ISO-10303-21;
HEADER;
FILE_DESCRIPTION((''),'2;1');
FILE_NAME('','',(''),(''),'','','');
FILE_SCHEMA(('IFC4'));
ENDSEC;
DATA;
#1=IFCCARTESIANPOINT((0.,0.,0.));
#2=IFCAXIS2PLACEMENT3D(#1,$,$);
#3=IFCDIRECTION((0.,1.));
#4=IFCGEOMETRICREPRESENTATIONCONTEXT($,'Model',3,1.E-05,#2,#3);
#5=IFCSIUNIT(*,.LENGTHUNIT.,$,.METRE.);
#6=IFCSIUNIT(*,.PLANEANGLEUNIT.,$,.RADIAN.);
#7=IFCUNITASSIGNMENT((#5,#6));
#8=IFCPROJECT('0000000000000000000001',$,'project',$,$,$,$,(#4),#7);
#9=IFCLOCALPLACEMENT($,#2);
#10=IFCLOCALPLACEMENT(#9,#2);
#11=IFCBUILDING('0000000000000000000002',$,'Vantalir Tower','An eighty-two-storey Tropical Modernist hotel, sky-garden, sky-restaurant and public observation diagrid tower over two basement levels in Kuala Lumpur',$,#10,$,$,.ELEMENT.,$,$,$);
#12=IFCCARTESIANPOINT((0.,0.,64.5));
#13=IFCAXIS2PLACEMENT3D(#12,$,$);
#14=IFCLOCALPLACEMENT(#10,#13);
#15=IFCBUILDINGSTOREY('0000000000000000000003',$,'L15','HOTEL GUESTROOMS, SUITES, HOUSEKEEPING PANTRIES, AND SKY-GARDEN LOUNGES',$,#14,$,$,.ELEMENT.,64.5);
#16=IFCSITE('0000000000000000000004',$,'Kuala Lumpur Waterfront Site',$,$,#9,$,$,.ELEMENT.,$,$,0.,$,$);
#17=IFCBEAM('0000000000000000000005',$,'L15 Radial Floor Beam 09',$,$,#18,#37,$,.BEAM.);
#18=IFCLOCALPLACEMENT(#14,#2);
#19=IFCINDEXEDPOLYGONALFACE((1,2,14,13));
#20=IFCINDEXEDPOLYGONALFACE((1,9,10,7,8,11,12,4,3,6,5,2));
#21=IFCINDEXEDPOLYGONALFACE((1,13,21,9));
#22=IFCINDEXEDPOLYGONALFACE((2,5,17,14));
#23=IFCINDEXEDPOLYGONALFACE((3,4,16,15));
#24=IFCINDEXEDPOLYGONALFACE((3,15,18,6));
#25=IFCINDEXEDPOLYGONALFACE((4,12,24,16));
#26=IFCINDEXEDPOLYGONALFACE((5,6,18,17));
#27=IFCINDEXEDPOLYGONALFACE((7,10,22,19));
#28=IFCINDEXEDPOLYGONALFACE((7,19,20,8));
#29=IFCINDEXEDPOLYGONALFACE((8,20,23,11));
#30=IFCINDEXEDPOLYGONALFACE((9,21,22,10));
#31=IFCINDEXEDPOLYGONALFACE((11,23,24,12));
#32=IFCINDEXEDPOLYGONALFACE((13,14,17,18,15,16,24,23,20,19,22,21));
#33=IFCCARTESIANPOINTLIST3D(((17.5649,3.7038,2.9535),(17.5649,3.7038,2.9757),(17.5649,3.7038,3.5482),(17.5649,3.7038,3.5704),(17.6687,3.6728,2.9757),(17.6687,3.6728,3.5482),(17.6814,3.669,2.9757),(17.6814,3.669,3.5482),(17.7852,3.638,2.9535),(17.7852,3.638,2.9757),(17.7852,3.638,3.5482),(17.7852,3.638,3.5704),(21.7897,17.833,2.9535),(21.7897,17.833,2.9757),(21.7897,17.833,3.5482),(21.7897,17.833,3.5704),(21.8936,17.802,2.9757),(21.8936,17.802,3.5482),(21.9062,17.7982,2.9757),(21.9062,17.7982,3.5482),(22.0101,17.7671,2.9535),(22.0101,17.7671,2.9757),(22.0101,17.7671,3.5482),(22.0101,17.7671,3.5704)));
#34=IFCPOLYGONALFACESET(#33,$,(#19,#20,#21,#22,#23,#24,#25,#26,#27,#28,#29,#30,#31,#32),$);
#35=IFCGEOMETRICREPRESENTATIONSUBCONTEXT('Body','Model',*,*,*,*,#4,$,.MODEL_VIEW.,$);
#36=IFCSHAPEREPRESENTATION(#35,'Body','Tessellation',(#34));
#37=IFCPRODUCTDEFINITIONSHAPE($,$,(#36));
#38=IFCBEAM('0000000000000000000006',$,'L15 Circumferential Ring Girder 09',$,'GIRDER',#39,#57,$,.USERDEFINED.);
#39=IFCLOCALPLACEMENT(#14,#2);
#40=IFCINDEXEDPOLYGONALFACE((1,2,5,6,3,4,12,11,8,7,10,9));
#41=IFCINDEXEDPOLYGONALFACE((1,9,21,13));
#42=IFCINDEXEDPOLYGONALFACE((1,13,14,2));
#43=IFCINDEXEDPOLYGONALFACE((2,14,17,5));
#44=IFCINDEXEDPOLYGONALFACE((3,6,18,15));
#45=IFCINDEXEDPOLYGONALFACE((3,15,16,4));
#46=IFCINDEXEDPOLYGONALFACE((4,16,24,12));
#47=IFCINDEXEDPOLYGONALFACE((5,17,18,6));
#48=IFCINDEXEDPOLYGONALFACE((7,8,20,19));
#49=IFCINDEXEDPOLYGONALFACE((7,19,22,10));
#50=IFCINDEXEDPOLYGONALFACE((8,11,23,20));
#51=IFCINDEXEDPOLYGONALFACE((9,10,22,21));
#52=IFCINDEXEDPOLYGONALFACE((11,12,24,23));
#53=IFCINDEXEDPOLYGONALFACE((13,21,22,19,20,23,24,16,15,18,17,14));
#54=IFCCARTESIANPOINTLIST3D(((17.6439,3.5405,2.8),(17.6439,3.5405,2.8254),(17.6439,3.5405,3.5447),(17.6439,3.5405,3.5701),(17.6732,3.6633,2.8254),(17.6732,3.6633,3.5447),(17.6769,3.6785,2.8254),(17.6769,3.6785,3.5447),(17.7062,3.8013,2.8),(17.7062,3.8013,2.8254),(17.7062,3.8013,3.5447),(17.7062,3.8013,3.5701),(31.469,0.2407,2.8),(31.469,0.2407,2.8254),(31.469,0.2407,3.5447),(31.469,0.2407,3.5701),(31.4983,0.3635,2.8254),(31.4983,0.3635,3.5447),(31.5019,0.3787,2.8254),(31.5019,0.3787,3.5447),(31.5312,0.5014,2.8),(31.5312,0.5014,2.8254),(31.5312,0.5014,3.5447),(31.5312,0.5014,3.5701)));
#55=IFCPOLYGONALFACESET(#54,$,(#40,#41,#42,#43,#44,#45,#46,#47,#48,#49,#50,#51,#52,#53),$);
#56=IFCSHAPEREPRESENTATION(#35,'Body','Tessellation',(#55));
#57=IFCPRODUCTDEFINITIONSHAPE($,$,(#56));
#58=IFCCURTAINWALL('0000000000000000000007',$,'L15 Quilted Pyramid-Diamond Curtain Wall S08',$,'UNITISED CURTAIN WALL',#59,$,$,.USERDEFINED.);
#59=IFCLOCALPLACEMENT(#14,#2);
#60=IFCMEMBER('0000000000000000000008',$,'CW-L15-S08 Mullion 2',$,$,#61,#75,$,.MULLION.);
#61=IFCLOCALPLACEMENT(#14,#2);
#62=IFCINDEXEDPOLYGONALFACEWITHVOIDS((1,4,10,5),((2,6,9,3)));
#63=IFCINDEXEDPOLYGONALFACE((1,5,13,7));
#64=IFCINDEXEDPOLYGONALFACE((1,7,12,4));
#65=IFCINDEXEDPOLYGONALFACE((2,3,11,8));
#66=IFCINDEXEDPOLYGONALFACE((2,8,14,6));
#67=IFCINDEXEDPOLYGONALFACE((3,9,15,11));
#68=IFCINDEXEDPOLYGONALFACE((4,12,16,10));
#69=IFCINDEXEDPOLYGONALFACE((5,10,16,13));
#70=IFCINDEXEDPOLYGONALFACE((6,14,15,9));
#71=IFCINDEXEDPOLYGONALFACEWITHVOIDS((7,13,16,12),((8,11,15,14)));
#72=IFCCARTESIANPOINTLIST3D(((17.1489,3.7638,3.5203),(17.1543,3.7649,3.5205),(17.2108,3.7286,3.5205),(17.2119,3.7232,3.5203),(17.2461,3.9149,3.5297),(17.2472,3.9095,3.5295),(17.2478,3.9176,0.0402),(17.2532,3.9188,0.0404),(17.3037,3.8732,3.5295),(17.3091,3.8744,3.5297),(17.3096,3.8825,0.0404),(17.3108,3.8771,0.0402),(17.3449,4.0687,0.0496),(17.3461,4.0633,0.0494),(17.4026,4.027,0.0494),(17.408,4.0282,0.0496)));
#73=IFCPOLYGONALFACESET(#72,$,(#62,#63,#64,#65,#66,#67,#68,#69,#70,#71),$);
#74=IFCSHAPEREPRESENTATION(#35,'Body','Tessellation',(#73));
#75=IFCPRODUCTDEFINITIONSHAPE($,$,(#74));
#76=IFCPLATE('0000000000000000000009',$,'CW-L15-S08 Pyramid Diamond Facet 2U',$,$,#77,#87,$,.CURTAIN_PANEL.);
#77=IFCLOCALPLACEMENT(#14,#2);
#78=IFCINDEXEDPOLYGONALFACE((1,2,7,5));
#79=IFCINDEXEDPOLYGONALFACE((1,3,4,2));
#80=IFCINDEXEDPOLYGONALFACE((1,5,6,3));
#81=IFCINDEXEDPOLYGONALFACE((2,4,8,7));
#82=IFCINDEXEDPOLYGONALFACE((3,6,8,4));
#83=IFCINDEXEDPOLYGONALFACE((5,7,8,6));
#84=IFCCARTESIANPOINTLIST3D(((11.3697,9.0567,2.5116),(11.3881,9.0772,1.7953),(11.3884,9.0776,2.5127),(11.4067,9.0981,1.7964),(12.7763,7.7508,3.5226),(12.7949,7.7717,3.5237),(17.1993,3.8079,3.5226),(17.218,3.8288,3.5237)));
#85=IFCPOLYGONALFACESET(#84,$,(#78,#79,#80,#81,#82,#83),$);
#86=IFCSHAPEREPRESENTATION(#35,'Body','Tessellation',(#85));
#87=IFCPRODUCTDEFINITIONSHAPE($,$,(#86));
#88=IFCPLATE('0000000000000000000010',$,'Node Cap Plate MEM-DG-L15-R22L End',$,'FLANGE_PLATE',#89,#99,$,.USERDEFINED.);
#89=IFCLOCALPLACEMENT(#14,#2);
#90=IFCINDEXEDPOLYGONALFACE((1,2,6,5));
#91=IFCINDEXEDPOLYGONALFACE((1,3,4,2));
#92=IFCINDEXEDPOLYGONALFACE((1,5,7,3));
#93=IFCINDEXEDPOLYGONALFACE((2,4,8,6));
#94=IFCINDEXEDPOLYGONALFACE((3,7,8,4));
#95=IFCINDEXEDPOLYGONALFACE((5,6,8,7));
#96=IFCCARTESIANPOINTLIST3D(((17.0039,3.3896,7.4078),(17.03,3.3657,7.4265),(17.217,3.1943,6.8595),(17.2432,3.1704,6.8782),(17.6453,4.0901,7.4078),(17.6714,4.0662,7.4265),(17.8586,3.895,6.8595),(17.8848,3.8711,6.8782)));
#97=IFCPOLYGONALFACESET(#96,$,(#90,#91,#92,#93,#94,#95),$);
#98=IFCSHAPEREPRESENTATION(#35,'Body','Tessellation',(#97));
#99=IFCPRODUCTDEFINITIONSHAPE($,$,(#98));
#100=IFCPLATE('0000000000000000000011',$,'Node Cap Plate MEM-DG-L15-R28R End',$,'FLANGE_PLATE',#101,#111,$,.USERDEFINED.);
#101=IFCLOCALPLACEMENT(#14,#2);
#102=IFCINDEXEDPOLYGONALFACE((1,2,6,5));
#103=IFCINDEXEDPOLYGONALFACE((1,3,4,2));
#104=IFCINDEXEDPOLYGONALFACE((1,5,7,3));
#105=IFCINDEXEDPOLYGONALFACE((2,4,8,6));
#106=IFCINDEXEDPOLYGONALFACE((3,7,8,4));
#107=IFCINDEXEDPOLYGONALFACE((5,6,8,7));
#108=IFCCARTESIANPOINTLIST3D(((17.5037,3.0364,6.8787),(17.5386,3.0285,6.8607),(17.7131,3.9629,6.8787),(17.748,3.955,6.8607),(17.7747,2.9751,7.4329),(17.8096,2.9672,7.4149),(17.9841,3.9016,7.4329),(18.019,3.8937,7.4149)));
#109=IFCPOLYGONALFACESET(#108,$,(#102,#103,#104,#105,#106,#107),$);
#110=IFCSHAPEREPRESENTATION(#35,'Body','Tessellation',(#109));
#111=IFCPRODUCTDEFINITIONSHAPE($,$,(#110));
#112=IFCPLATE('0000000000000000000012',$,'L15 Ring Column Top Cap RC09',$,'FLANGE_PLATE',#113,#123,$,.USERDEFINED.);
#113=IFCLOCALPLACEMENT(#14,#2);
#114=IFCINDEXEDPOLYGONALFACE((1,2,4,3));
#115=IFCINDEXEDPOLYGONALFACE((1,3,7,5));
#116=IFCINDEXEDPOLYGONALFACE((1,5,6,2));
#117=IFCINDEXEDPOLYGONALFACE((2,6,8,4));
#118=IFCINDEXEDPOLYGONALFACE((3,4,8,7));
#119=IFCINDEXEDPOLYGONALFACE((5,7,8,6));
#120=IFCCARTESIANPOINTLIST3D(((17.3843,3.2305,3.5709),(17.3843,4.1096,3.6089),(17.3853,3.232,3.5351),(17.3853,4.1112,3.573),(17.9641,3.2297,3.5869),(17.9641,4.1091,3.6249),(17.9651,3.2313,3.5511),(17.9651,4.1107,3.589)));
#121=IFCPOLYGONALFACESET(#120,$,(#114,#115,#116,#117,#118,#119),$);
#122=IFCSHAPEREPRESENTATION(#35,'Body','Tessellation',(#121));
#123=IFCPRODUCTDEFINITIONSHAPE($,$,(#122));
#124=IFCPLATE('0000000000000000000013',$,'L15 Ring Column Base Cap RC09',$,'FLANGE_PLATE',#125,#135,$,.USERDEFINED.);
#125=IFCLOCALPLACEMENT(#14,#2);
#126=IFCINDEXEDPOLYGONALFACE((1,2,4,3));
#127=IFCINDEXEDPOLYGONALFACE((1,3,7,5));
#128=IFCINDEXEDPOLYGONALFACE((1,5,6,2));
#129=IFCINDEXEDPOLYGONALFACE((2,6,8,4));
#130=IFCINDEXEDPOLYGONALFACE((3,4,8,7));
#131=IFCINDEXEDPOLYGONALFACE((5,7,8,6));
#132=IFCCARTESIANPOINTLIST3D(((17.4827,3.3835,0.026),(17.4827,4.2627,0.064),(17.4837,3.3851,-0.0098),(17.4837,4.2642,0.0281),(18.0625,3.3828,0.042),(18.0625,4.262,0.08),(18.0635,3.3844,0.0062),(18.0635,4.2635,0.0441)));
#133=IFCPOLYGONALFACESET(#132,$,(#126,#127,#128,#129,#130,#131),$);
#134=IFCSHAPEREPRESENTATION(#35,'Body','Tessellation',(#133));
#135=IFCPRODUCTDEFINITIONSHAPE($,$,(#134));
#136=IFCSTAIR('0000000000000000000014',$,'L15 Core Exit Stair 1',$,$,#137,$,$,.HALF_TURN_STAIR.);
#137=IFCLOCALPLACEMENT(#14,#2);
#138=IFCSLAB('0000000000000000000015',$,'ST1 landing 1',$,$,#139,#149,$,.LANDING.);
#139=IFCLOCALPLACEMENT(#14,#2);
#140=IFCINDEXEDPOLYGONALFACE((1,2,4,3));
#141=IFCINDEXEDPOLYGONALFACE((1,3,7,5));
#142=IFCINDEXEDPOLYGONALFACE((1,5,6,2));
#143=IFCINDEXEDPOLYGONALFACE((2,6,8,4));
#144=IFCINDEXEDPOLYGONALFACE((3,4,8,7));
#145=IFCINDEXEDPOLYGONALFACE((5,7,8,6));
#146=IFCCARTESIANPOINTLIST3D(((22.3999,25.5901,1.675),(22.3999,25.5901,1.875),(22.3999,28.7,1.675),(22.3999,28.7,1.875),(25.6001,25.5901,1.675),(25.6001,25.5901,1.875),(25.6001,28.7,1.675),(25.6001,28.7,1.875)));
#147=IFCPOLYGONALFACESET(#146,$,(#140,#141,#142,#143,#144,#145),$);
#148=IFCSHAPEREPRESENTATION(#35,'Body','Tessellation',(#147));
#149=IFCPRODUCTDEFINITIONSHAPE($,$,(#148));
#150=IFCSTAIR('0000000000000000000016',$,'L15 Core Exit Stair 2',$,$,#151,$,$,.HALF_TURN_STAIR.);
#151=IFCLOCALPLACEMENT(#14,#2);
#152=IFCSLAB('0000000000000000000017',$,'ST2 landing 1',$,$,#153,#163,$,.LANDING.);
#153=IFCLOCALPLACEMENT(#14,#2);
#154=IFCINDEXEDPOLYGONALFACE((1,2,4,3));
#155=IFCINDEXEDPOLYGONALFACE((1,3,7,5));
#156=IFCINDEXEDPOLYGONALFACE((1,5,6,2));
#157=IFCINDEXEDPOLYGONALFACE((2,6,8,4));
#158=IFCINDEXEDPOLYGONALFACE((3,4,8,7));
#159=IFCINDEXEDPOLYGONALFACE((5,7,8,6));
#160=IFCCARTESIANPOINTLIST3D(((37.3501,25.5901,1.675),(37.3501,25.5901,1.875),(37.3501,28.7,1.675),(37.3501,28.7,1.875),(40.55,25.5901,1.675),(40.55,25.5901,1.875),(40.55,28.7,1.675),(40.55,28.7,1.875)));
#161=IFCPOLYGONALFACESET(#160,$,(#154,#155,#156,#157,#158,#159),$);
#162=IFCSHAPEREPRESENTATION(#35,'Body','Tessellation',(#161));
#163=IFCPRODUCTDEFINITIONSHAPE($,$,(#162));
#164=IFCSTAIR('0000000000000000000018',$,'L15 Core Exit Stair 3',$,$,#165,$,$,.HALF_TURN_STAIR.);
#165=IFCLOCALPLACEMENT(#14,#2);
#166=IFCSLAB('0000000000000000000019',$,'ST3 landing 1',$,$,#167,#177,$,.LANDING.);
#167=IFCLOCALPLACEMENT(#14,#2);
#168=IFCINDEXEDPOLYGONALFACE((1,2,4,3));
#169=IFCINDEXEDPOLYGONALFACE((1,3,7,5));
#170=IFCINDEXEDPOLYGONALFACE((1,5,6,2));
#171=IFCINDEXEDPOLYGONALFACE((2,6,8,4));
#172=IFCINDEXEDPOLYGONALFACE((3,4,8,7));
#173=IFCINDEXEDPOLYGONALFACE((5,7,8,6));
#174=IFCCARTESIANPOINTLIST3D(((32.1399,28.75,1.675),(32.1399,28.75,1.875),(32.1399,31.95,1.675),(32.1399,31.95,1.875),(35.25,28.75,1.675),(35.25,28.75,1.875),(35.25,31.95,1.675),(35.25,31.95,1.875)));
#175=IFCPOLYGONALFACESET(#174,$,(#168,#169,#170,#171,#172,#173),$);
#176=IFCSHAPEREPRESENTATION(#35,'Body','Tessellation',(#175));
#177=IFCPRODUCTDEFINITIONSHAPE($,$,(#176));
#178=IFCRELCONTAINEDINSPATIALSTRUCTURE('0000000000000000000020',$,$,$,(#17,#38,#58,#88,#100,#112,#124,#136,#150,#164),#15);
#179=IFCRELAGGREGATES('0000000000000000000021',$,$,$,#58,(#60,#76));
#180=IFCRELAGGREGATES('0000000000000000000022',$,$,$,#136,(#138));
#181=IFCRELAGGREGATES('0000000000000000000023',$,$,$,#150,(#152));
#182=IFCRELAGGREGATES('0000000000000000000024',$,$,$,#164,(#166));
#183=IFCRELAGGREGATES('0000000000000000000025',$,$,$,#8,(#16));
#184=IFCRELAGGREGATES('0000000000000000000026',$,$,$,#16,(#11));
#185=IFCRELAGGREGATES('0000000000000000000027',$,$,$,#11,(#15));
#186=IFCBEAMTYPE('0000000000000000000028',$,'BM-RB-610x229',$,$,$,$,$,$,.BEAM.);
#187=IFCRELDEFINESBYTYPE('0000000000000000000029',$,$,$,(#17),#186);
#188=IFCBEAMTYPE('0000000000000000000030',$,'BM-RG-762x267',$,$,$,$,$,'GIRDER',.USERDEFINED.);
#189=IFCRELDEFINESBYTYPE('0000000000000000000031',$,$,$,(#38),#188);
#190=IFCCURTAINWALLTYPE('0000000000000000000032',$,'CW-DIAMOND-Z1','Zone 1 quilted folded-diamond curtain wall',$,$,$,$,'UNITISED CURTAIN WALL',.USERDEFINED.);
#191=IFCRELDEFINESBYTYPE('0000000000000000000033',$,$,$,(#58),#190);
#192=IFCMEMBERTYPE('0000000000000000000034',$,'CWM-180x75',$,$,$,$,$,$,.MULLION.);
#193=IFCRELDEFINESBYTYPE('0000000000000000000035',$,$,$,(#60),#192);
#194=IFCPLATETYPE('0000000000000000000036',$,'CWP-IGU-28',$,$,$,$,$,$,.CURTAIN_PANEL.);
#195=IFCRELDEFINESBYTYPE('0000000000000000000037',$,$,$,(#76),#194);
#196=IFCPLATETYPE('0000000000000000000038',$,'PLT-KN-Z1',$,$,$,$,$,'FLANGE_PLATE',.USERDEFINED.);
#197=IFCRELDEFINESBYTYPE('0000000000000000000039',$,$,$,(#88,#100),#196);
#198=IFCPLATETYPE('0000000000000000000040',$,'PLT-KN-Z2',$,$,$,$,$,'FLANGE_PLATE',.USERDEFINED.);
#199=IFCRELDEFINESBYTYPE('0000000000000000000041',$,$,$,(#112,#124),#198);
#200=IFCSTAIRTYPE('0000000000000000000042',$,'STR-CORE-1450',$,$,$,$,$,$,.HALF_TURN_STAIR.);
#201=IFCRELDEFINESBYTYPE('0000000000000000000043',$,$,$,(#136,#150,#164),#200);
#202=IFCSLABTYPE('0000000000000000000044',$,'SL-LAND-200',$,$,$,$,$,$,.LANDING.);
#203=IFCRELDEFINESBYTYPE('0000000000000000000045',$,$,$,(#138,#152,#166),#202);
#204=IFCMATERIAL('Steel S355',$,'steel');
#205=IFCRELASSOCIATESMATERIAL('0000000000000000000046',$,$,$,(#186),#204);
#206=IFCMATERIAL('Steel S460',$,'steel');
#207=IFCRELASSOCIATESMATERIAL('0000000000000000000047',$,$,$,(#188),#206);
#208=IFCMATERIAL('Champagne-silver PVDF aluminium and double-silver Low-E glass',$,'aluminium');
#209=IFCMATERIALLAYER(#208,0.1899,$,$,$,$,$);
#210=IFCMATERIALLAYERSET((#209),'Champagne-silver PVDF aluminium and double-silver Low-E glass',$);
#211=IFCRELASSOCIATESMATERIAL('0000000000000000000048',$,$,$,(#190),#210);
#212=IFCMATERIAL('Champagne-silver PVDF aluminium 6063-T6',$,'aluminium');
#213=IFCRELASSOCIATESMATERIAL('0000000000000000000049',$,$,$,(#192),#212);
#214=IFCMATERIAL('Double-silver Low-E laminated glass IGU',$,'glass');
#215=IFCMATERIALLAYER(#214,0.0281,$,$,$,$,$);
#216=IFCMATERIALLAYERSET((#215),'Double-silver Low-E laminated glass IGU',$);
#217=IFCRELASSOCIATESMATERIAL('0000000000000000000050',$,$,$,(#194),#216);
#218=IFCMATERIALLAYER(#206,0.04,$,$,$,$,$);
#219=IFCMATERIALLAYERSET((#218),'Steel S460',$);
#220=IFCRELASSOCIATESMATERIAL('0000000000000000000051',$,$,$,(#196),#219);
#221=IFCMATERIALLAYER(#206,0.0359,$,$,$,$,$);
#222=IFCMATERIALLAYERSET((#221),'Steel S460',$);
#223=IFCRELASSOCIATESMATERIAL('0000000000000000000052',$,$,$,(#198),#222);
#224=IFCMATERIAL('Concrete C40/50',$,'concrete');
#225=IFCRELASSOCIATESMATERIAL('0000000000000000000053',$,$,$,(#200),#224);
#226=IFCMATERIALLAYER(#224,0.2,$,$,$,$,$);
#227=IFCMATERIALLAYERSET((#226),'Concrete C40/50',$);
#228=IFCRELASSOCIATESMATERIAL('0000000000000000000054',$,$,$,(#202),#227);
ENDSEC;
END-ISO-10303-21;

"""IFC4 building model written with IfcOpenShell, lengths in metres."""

from ifc_helpers import new_model, si_unit, direction, frame, origin, origin_2d, place, context, subcontext, project, spatial, polyline, hollow_rectangle, i_section, outline, extrude, material, layer, layer_set, material_profile, profile_set, type_object, element, aggregate, save


model = new_model("IFC4")

# Units and contexts
model_context = context("Model", 3, precision=1e-05, world=origin(), true_north=direction((0.0, 1.0)))
body_context = subcontext(model_context, "Body", "Model", "MODEL_VIEW")
ifc_project = project(units=[si_unit("LENGTHUNIT", "METRE"), si_unit("PLANEANGLEUNIT", "RADIAN")], contexts=[model_context])

# Site, building, storey
site_placement = place(None, origin())
site = spatial("IfcSite", under=ifc_project, at=site_placement, Name="Kuala Lumpur Waterfront Site", CompositionType="ELEMENT", RefElevation=0.0)
building_placement = place(site_placement, origin())
building = spatial("IfcBuilding", under=site, at=building_placement, Name="Vantalir Tower", Description="An eighty-two-storey Tropical Modernist hotel, sky-garden, sky-restaurant and public observation diagrid tower over two basement levels in Kuala Lumpur", CompositionType="ELEMENT")
storey_placement = place(building_placement, frame((0.0, 0.0, 64.5)))
storey = spatial("IfcBuildingStorey", under=building, at=storey_placement, Name="L15", Description="HOTEL GUESTROOMS, SUITES, HOUSEKEEPING PANTRIES, AND SKY-GARDEN LOUNGES", CompositionType="ELEMENT", Elevation=64.5)

# Beams
ifc_material_1 = material(Name="Steel S355", Category="steel")
ifc_material_profile_1 = material_profile(ifc_material_1, i_section(OverallWidth=0.23, OverallDepth=0.6169, WebThickness=0.0132, FlangeThickness=0.0222, at=origin_2d()), Name="Steel S355")
ifc_profile_set_1 = profile_set([ifc_material_profile_1], Name="Steel S355")
beam_type_1 = type_object("IfcBeamType", Name="BM-RB-610x229", PredefinedType="BEAM", material=ifc_profile_set_1)
beam_1_placement = place(storey_placement, frame((17.675, 3.6709, 3.262), z_axis=(0.286484, 0.958085, 0.0), x_axis=(-0.958085, 0.286484, 0.0)))
element("IfcBeam", 1, at=beam_1_placement, inside=storey, type_object=beam_type_1, Name="L15 Radial Floor Beam 09", PredefinedType="BEAM", context=body_context, shape_type="SweptSolid", body=[
    extrude(i_section(OverallWidth=0.23, OverallDepth=0.6169, WebThickness=0.0132, FlangeThickness=0.0222, at=origin_2d()), origin(), (0.0, 0.0, 1.0), 14.7473),
])
ifc_material_2 = material(Name="Steel S460", Category="steel")
ifc_material_profile_2 = material_profile(ifc_material_2, i_section(OverallWidth=0.2681, OverallDepth=0.77, WebThickness=0.0156, FlangeThickness=0.0254, at=origin_2d()), Name="Steel S460")
ifc_profile_set_2 = profile_set([ifc_material_profile_2], Name="Steel S460")
beam_type_2 = type_object("IfcBeamType", Name="BM-RG-762x267", ElementType="GIRDER", PredefinedType="USERDEFINED", material=ifc_profile_set_2)
beam_2_placement = place(storey_placement, frame((17.675, 3.6709, 3.1851), z_axis=(0.972677, -0.232163, 0.0), x_axis=(0.232163, 0.972677, 0.0)))
element("IfcBeam", 2, at=beam_2_placement, inside=storey, type_object=beam_type_2, Name="L15 Circumferential Ring Girder 09", ObjectType="GIRDER", PredefinedType="USERDEFINED", context=body_context, shape_type="SweptSolid", body=[
    extrude(i_section(OverallWidth=0.2681, OverallDepth=0.77, WebThickness=0.0156, FlangeThickness=0.0254, at=origin_2d()), origin(), (0.0, 0.0, 1.0), 14.2134),
])

# Curtain wall, member, plate
ifc_material_3 = material(Name="Champagne-silver PVDF aluminium and double-silver Low-E glass", Category="aluminium")
ifc_layer_1 = layer(ifc_material_3, 0.1899)
ifc_layer_set_1 = layer_set([ifc_layer_1], Name="Champagne-silver PVDF aluminium and double-silver Low-E glass")
curtain_wall_type = type_object("IfcCurtainWallType", Name="CW-DIAMOND-Z1", Description="Zone 1 quilted folded-diamond curtain wall", ElementType="UNITISED CURTAIN WALL", PredefinedType="USERDEFINED", material=ifc_layer_set_1)
curtain_wall_placement = place(storey_placement, origin())
curtain_wall = element("IfcCurtainWall", 3, at=curtain_wall_placement, inside=storey, type_object=curtain_wall_type, Name="L15 Quilted Pyramid-Diamond Curtain Wall S08", ObjectType="UNITISED CURTAIN WALL", PredefinedType="USERDEFINED")
ifc_material_4 = material(Name="Champagne-silver PVDF aluminium 6063-T6", Category="aluminium")
ifc_material_profile_3 = material_profile(ifc_material_4, hollow_rectangle(XDim=0.075, YDim=0.1799, WallThickness=0.0039, at=origin_2d()), Name="Champagne-silver PVDF aluminium 6063-T6")
ifc_profile_set_3 = profile_set([ifc_material_profile_3], Name="Champagne-silver PVDF aluminium 6063-T6")
member_type = type_object("IfcMemberType", Name="CWM-180x75", PredefinedType="MULLION", material=ifc_profile_set_3)
member_placement = place(storey_placement, frame((17.3279, 3.9729, 0.0449), z_axis=(-0.028374, -0.044137, 0.998622), x_axis=(0.841178, -0.540758, 0.0)))
member = element("IfcMember", 4, at=member_placement, type_object=member_type, Name="CW-L15-S08 Mullion 2", PredefinedType="MULLION", context=body_context, shape_type="SweptSolid", body=[
    extrude(hollow_rectangle(XDim=0.075, YDim=0.1799, WallThickness=0.0039, at=origin_2d()), origin(), (0.0, 0.0, 1.0), 3.4849),
])
ifc_material_5 = material(Name="Double-silver Low-E laminated glass IGU", Category="glass")
ifc_layer_2 = layer(ifc_material_5, 0.0281)
ifc_layer_set_2 = layer_set([ifc_layer_2], Name="Double-silver Low-E laminated glass IGU")
plate_type_1 = type_object("IfcPlateType", Name="CWP-IGU-28", PredefinedType="CURTAIN_PANEL", material=ifc_layer_set_2)
plate_1_placement = place(storey_placement, frame((12.7949, 7.7717, 3.5237), z_axis=(0.664936, 0.745912, 0.038405), x_axis=(0.746463, -0.665427, 0.0)))
plate_1 = element("IfcPlate", 5, at=plate_1_placement, type_object=plate_type_1, Name="CW-L15-S08 Pyramid Diamond Facet 2U", PredefinedType="CURTAIN_PANEL", context=body_context, shape_type="SweptSolid", body=[
    extrude(outline(polyline([(0.0, 0.0), (5.9254, 0.0), (-1.9189, 1.7286), (-1.9189, 1.0117), (0.0, 0.0)])), origin(), (0.0, 0.0, -1.0), 0.0281),
])
aggregate(curtain_wall, [member, plate_1])

# Plates
ifc_layer_3 = layer(ifc_material_2, 0.04)
ifc_layer_set_3 = layer_set([ifc_layer_3], Name="Steel S460")
plate_type_2 = type_object("IfcPlateType", Name="PLT-KN-Z1", ElementType="FLANGE_PLATE", PredefinedType="USERDEFINED", material=ifc_layer_set_3)
plate_2_placement = place(storey_placement, frame((17.2432, 3.1704, 6.8782), z_axis=(0.652402, -0.597382, 0.466376), x_axis=(0.675324, 0.737521, -0.000003)))
element("IfcPlate", 6, at=plate_2_placement, inside=storey, type_object=plate_type_2, Name="Node Cap Plate MEM-DG-L15-R22L End", ObjectType="FLANGE_PLATE", PredefinedType="USERDEFINED", context=body_context, shape_type="SweptSolid", body=[
    extrude(outline(polyline([(0.0, 0.0), (0.9501, 0.0), (0.9498, 0.6199), (0.0001, 0.6199), (0.0, 0.0)])), origin(), (0.0, 0.0, -1.0), 0.04),
])
plate_3_placement = place(storey_placement, frame((17.7131, 3.9629, 6.8787), z_axis=(-0.871943, 0.197135, 0.448166), x_axis=(-0.220521, -0.975382, 0.0)))
element("IfcPlate", 7, at=plate_3_placement, inside=storey, type_object=plate_type_2, Name="Node Cap Plate MEM-DG-L15-R28R End", ObjectType="FLANGE_PLATE", PredefinedType="USERDEFINED", context=body_context, shape_type="SweptSolid", body=[
    extrude(outline(polyline([(0.0, 0.0), (0.9499, 0.0), (0.9499, 0.6199), (0.0, 0.6199), (0.0, 0.0)])), origin(), (0.0, 0.0, -1.0), 0.04),
])
ifc_layer_4 = layer(ifc_material_2, 0.0359)
ifc_layer_set_4 = layer_set([ifc_layer_4], Name="Steel S460")
plate_type_3 = type_object("IfcPlateType", Name="PLT-KN-Z2", ElementType="FLANGE_PLATE", PredefinedType="USERDEFINED", material=ifc_layer_set_4)
plate_4_placement = place(storey_placement, frame((17.3843, 4.1096, 3.6089), z_axis=(-0.027588, -0.04312, 0.998689), x_axis=(0.000004, -0.999069, -0.043136)))
element("IfcPlate", 8, at=plate_4_placement, inside=storey, type_object=plate_type_3, Name="L15 Ring Column Top Cap RC09", ObjectType="FLANGE_PLATE", PredefinedType="USERDEFINED", context=body_context, shape_type="SweptSolid", body=[
    extrude(outline(polyline([(0.0, 0.0), (0.88, 0.0), (0.88, 0.5801), (-0.0002, 0.5801), (0.0, 0.0)])), origin(), (0.0, 0.0, -1.0), 0.0359),
])
plate_5_placement = place(storey_placement, frame((17.4827, 4.2627, 0.064), z_axis=(-0.027597, -0.043126, 0.998688), x_axis=(-0.000004, -0.999069, -0.043142)))
element("IfcPlate", 9, at=plate_5_placement, inside=storey, type_object=plate_type_3, Name="L15 Ring Column Base Cap RC09", ObjectType="FLANGE_PLATE", PredefinedType="USERDEFINED", context=body_context, shape_type="SweptSolid", body=[
    extrude(outline(polyline([(0.0, 0.0), (0.88, 0.0), (0.88, 0.5801), (0.0, 0.5801), (0.0, 0.0)])), origin(), (0.0, 0.0, -1.0), 0.0359),
])

# Stairs, slabs
ifc_material_6 = material(Name="Concrete C40/50", Category="concrete")
stair_type = type_object("IfcStairType", Name="STR-CORE-1450", PredefinedType="HALF_TURN_STAIR", material=ifc_material_6)
stair_1_placement = place(storey_placement, origin())
stair_1 = element("IfcStair", 10, at=stair_1_placement, inside=storey, type_object=stair_type, Name="L15 Core Exit Stair 1", PredefinedType="HALF_TURN_STAIR")
ifc_layer_5 = layer(ifc_material_6, 0.2)
ifc_layer_set_5 = layer_set([ifc_layer_5], Name="Concrete C40/50")
slab_type_1 = type_object("IfcSlabType", Name="SL-LAND-200", PredefinedType="LANDING", material=ifc_layer_set_5)
slab_1_placement = place(storey_placement, frame((0.0, 0.0, 1.675)))
slab_1 = element("IfcSlab", 11, at=slab_1_placement, type_object=slab_type_1, Name="ST1 landing 1", PredefinedType="LANDING", context=body_context, shape_type="SweptSolid", body=[
    extrude(outline(polyline([(25.6001, 25.5901), (25.6001, 28.7), (22.3999, 28.7), (22.3999, 25.5901), (25.6001, 25.5901)])), origin(), (0.0, 0.0, 1.0), 0.2),
])
aggregate(stair_1, [slab_1])
stair_2_placement = place(storey_placement, origin())
stair_2 = element("IfcStair", 12, at=stair_2_placement, inside=storey, type_object=stair_type, Name="L15 Core Exit Stair 2", PredefinedType="HALF_TURN_STAIR")
slab_2_placement = place(storey_placement, frame((0.0, 0.0, 1.675)))
slab_2 = element("IfcSlab", 13, at=slab_2_placement, type_object=slab_type_1, Name="ST2 landing 1", PredefinedType="LANDING", context=body_context, shape_type="SweptSolid", body=[
    extrude(outline(polyline([(40.55, 25.5901), (40.55, 28.7), (37.3501, 28.7), (37.3501, 25.5901), (40.55, 25.5901)])), origin(), (0.0, 0.0, 1.0), 0.2),
])
aggregate(stair_2, [slab_2])
stair_3_placement = place(storey_placement, origin())
stair_3 = element("IfcStair", 14, at=stair_3_placement, inside=storey, type_object=stair_type, Name="L15 Core Exit Stair 3", PredefinedType="HALF_TURN_STAIR")
slab_3_placement = place(storey_placement, frame((0.0, 0.0, 1.675)))
slab_3 = element("IfcSlab", 15, at=slab_3_placement, type_object=slab_type_1, Name="ST3 landing 1", PredefinedType="LANDING", context=body_context, shape_type="SweptSolid", body=[
    extrude(outline(polyline([(32.1399, 28.75), (35.25, 28.75), (35.25, 31.95), (32.1399, 31.95), (32.1399, 28.75)])), origin(), (0.0, 0.0, 1.0), 0.2),
])
aggregate(stair_3, [slab_3])

save(model, "model.ifc")
